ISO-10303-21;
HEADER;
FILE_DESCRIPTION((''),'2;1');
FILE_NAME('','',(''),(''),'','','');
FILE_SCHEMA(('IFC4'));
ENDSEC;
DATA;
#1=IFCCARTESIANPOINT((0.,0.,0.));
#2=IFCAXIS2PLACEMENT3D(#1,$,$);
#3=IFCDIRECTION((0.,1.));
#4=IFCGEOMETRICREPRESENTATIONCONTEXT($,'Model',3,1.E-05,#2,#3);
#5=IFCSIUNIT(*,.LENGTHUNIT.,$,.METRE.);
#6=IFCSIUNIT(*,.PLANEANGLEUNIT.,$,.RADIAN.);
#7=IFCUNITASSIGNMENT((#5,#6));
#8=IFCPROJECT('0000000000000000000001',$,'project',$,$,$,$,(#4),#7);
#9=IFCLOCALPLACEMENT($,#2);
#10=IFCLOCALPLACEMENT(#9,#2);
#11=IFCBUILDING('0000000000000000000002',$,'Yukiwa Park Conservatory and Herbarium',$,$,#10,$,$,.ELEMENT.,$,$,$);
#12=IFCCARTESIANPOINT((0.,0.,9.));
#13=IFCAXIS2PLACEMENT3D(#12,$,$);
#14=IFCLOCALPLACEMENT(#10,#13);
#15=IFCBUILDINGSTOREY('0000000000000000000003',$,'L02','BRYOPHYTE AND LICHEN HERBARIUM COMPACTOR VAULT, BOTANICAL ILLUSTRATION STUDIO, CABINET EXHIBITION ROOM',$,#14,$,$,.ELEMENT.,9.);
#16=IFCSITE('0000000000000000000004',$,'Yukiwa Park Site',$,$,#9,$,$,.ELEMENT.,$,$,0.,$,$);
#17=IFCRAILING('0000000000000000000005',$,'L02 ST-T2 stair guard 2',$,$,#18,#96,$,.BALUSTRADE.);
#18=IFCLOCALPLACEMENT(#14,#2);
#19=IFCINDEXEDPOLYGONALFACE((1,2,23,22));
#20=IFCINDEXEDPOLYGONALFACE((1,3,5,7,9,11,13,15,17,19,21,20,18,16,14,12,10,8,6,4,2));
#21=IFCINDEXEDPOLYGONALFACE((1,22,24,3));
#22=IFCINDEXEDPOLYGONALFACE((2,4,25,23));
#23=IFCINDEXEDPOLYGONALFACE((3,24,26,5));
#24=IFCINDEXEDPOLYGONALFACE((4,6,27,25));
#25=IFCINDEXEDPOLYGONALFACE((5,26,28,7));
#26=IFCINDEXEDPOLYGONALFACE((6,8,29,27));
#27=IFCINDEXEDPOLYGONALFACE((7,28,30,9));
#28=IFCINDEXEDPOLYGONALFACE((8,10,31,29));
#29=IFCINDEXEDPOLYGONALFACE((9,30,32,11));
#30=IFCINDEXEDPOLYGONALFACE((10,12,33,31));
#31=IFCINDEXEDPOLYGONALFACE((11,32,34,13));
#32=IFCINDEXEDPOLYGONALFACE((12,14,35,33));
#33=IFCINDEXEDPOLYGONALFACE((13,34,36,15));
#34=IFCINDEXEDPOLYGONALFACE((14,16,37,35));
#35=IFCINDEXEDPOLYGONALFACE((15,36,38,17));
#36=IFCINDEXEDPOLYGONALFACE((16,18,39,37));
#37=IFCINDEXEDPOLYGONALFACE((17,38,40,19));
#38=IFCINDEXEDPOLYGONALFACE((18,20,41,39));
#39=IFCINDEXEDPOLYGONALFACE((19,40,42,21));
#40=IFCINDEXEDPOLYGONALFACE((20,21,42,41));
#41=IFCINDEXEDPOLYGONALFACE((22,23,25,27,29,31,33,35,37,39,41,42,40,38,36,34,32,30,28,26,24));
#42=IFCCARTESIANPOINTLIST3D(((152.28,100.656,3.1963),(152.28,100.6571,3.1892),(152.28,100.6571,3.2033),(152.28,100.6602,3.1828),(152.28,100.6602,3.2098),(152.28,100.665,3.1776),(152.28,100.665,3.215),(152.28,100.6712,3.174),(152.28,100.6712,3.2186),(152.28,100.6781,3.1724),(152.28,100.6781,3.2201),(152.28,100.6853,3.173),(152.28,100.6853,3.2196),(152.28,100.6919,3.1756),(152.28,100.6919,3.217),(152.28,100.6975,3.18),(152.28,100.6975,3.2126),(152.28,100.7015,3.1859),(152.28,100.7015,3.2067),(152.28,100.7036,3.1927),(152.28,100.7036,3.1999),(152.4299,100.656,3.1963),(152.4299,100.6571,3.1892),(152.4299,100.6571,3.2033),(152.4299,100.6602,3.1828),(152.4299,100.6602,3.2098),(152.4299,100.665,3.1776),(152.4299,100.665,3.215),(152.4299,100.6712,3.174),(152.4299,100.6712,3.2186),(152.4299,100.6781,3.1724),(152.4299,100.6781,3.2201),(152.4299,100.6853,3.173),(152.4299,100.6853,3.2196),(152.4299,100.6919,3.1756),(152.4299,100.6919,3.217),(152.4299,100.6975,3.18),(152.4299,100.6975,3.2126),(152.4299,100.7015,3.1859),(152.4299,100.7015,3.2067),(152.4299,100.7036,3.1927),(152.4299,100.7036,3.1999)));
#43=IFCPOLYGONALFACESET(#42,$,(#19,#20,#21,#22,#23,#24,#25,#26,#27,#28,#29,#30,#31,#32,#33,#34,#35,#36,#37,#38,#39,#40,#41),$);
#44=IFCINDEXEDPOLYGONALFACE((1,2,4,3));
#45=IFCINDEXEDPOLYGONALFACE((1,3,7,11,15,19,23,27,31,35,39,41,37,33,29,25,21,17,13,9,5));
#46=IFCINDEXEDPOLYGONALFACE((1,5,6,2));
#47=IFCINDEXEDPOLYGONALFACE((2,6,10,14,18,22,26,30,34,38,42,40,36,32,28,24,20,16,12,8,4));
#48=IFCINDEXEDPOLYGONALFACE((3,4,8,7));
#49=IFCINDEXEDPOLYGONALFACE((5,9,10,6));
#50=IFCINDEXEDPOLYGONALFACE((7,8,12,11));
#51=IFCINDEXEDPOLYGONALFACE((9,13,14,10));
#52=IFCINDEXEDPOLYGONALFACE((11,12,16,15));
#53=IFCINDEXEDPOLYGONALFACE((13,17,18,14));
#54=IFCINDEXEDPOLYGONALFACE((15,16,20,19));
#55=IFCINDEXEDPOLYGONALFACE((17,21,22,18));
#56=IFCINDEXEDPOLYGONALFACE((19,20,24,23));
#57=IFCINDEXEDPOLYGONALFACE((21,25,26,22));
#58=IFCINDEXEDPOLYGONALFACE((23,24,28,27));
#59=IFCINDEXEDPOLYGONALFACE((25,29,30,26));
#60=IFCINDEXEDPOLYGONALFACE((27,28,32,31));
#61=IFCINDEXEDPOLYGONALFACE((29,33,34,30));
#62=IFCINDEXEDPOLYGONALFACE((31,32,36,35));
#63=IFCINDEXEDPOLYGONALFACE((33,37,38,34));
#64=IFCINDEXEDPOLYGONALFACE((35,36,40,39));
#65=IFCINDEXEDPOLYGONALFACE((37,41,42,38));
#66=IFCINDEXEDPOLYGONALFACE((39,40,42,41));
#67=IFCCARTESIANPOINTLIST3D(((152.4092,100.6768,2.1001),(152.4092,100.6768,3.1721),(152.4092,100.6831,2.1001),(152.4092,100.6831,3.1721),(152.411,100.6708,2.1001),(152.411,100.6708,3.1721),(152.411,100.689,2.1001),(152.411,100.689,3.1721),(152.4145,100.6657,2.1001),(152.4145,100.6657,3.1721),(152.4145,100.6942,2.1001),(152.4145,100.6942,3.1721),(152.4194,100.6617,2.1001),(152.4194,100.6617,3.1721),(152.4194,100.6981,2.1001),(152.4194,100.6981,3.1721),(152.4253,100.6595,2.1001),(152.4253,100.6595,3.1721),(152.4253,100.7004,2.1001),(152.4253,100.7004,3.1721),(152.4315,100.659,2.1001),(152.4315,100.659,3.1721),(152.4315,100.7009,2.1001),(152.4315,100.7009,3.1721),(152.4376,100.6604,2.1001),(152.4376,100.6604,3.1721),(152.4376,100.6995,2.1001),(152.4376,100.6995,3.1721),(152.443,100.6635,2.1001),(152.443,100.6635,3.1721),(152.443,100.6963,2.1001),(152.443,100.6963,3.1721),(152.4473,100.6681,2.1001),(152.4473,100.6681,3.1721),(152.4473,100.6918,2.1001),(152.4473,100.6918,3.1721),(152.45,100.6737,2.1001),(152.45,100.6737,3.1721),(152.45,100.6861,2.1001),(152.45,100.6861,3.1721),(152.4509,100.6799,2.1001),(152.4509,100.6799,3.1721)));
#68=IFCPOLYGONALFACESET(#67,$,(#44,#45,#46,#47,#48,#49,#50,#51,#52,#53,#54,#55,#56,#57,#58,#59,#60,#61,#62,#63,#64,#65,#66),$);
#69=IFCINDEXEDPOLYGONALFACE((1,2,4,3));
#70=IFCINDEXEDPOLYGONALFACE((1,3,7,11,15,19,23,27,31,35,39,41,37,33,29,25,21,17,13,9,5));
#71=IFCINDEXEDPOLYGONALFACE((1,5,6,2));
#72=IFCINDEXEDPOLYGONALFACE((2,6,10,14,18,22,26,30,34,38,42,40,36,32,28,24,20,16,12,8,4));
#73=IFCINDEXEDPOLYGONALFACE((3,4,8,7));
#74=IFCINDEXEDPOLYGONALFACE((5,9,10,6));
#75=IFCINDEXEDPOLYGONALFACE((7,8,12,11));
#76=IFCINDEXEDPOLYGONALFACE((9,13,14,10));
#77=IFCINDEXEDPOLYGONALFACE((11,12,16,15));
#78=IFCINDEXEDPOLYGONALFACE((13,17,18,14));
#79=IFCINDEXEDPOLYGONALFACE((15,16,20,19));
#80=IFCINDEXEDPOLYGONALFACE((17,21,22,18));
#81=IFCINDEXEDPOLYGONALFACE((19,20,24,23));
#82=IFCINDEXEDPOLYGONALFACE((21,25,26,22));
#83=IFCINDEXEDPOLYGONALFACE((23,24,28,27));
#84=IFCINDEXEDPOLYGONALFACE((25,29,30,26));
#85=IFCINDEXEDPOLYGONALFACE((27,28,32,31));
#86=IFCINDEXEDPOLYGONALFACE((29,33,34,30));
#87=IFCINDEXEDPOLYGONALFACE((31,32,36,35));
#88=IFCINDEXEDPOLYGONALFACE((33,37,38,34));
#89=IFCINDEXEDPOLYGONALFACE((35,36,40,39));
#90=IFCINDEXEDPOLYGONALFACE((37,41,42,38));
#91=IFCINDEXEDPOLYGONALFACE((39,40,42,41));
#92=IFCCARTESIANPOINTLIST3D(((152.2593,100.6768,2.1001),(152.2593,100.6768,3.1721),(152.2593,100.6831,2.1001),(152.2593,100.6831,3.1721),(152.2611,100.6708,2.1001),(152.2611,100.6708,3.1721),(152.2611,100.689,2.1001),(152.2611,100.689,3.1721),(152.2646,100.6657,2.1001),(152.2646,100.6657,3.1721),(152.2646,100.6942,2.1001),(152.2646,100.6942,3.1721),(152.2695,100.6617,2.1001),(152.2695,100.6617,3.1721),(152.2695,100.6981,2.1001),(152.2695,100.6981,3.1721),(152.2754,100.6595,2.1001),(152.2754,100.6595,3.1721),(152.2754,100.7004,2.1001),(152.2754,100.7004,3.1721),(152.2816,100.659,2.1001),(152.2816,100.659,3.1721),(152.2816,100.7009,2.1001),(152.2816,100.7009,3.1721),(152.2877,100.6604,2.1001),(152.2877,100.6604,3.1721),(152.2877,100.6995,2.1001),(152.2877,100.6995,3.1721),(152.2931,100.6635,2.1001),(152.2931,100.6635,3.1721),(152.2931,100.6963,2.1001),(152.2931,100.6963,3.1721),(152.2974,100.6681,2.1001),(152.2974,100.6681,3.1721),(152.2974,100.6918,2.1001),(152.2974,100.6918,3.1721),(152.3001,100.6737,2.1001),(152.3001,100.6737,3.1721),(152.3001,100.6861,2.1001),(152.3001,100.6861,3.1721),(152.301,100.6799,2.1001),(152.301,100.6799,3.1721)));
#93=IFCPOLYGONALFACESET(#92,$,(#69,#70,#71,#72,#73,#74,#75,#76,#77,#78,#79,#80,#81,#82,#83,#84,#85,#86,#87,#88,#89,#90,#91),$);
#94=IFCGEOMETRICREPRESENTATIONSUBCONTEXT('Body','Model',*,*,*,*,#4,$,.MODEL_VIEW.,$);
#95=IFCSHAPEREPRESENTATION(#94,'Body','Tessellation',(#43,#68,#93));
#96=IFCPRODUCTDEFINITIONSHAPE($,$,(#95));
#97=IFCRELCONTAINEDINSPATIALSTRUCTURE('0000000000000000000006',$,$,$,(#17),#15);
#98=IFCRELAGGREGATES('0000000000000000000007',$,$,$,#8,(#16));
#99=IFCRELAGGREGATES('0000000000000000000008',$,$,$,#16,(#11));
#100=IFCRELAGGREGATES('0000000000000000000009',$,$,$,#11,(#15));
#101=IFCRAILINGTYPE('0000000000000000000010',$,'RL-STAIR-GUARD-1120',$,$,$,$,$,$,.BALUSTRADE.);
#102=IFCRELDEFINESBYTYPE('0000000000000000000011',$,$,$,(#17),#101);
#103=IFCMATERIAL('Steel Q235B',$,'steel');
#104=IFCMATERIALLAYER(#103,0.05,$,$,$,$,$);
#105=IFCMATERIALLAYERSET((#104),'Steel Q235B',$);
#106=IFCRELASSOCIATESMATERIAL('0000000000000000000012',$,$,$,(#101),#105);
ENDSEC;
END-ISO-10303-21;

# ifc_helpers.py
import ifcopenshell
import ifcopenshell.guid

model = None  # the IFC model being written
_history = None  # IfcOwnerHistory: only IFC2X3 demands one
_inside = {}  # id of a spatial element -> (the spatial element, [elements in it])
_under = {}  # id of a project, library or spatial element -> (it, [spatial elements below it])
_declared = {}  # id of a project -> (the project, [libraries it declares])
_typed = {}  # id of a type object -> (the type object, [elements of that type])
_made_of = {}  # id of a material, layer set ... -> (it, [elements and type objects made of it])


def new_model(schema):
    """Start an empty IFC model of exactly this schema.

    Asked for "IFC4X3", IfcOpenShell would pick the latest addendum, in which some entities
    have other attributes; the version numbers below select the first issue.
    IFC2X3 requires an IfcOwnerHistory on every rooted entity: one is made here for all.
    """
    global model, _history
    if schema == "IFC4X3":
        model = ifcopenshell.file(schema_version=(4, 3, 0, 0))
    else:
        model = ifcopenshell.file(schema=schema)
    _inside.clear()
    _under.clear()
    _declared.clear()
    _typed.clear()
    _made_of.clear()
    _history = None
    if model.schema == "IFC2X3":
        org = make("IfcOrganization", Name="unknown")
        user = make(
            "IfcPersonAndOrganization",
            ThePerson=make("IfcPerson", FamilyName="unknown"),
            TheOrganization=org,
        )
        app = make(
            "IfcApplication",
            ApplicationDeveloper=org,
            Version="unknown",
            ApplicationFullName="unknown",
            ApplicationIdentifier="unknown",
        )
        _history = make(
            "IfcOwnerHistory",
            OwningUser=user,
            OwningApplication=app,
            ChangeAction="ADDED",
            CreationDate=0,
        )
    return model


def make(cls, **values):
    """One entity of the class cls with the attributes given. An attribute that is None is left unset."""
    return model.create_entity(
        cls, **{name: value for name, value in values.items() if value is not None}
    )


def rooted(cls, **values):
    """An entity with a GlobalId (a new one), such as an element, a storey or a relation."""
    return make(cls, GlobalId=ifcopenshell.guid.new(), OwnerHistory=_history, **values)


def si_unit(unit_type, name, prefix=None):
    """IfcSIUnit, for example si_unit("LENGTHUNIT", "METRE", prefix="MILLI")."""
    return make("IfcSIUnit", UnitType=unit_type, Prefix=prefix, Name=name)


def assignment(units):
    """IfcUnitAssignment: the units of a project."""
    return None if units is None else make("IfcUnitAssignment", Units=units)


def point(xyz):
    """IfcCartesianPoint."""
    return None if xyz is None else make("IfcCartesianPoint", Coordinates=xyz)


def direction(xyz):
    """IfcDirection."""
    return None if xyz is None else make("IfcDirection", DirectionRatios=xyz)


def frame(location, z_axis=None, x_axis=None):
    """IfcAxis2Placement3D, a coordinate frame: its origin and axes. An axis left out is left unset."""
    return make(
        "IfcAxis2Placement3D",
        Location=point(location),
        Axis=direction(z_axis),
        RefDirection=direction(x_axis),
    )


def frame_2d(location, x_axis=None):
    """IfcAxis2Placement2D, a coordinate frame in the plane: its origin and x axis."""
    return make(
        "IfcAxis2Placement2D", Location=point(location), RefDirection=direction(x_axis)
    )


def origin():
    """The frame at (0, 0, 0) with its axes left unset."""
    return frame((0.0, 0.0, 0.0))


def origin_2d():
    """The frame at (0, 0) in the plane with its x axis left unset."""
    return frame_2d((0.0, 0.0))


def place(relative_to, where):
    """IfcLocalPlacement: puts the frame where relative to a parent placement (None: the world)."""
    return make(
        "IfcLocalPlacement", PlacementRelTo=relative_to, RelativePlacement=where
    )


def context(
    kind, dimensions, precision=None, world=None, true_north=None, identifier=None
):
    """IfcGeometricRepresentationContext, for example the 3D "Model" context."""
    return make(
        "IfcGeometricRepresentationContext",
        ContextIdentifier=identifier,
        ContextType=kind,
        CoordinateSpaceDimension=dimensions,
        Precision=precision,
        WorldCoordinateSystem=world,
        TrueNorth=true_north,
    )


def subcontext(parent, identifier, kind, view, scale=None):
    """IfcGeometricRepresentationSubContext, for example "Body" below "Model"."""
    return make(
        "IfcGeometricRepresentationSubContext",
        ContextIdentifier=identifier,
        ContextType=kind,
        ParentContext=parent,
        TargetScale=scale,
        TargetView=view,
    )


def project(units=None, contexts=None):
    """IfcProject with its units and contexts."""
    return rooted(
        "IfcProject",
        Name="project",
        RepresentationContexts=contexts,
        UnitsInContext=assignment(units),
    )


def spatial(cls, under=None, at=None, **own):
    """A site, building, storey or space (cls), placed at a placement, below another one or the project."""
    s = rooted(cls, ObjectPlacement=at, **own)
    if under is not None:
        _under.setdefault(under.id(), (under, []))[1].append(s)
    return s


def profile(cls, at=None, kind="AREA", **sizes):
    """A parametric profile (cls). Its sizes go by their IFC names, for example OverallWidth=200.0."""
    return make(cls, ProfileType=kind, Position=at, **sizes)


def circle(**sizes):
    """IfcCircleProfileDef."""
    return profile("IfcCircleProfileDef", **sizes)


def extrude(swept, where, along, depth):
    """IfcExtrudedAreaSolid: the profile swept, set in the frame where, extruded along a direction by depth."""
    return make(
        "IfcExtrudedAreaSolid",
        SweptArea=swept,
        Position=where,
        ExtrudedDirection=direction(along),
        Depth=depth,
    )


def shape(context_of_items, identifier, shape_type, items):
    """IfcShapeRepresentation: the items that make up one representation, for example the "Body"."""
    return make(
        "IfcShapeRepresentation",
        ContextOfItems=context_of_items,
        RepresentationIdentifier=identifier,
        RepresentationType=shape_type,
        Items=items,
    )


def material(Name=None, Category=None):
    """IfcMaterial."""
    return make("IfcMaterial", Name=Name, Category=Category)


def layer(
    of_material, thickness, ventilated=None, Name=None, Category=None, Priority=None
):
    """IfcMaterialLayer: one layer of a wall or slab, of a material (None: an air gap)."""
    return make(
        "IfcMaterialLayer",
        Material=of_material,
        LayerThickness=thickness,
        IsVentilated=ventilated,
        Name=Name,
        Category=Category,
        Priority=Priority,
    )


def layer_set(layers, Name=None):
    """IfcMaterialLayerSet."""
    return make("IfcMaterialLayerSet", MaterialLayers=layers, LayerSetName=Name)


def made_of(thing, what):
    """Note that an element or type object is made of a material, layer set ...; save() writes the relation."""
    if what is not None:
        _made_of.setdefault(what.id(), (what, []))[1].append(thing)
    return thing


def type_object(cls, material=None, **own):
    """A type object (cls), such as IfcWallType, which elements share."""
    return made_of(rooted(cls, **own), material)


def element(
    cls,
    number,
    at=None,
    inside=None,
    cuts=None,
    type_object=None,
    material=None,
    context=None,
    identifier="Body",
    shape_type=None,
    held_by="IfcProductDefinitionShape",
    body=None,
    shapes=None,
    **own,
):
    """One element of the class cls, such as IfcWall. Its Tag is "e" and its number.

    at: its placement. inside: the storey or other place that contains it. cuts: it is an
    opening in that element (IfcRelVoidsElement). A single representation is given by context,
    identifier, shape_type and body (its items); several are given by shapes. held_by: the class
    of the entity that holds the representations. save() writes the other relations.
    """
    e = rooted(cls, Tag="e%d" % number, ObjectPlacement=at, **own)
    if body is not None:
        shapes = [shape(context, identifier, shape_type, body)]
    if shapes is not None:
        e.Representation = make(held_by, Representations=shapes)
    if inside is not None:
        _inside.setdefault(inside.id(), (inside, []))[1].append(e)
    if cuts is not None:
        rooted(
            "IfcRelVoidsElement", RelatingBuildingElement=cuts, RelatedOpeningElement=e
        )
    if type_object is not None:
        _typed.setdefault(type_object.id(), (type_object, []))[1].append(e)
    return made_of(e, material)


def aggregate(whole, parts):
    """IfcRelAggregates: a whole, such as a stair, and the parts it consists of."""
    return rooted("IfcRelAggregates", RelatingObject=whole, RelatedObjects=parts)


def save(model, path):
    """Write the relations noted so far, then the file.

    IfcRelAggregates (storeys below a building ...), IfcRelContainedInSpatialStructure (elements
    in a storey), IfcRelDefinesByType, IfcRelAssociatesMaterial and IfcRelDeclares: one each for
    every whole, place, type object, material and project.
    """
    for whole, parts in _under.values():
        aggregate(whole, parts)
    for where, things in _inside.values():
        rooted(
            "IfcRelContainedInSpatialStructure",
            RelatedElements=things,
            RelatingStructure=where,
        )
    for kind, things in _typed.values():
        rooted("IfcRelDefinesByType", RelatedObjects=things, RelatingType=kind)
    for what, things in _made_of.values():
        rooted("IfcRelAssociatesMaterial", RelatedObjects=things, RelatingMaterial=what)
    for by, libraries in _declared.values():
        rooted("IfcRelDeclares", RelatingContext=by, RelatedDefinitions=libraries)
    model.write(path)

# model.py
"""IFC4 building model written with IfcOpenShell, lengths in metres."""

from ifc_helpers import new_model, si_unit, direction, frame, origin, origin_2d, place, context, subcontext, project, spatial, circle, extrude, material, layer, layer_set, type_object, element, save


model = new_model("IFC4")

# Units and contexts
model_context = context("Model", 3, precision=1e-05, world=origin(), true_north=direction((0.0, 1.0)))
body_context = subcontext(model_context, "Body", "Model", "MODEL_VIEW")
ifc_project = project(units=[si_unit("LENGTHUNIT", "METRE"), si_unit("PLANEANGLEUNIT", "RADIAN")], contexts=[model_context])

# Site, building, storey
site_placement = place(None, origin())
site = spatial("IfcSite", under=ifc_project, at=site_placement, Name="Yukiwa Park Site", CompositionType="ELEMENT", RefElevation=0.0)
building_placement = place(site_placement, origin())
building = spatial("IfcBuilding", under=site, at=building_placement, Name="Yukiwa Park Conservatory and Herbarium", CompositionType="ELEMENT")
storey_placement = place(building_placement, frame((0.0, 0.0, 9.0)))
storey = spatial("IfcBuildingStorey", under=building, at=storey_placement, Name="L02", Description="BRYOPHYTE AND LICHEN HERBARIUM COMPACTOR VAULT, BOTANICAL ILLUSTRATION STUDIO, CABINET EXHIBITION ROOM", CompositionType="ELEMENT", Elevation=9.0)

# Railing
ifc_material_1 = material(Name="Steel Q235B", Category="steel")
ifc_layer_1 = layer(ifc_material_1, 0.05)
ifc_layer_set_1 = layer_set([ifc_layer_1], Name="Steel Q235B")
railing_type_1 = type_object("IfcRailingType", Name="RL-STAIR-GUARD-1120", PredefinedType="BALUSTRADE", material=ifc_layer_set_1)
railing_1_placement = place(storey_placement, frame((152.4299, 100.6799, 2.1001)))
element("IfcRailing", 1, at=railing_1_placement, inside=storey, type_object=railing_type_1, Name="L02 ST-T2 stair guard 2", PredefinedType="BALUSTRADE", context=body_context, shape_type="SweptSolid", body=[
    extrude(circle(Radius=0.0239, at=origin_2d()), frame((0.0, 0.0, 1.0962), z_axis=(-1.0, 0.0, 0.0), x_axis=(0.0, -1.0, 0.0)), (0.0, 0.0, 1.0), 0.1499),
    extrude(circle(Radius=0.021, at=origin_2d()), origin(), (0.0, 0.0, 1.0), 1.072),
    extrude(circle(Radius=0.021, at=origin_2d()), frame((-0.1499, 0.0, 0.0)), (0.0, 0.0, 1.0), 1.072),
])

save(model, "model.ifc")
